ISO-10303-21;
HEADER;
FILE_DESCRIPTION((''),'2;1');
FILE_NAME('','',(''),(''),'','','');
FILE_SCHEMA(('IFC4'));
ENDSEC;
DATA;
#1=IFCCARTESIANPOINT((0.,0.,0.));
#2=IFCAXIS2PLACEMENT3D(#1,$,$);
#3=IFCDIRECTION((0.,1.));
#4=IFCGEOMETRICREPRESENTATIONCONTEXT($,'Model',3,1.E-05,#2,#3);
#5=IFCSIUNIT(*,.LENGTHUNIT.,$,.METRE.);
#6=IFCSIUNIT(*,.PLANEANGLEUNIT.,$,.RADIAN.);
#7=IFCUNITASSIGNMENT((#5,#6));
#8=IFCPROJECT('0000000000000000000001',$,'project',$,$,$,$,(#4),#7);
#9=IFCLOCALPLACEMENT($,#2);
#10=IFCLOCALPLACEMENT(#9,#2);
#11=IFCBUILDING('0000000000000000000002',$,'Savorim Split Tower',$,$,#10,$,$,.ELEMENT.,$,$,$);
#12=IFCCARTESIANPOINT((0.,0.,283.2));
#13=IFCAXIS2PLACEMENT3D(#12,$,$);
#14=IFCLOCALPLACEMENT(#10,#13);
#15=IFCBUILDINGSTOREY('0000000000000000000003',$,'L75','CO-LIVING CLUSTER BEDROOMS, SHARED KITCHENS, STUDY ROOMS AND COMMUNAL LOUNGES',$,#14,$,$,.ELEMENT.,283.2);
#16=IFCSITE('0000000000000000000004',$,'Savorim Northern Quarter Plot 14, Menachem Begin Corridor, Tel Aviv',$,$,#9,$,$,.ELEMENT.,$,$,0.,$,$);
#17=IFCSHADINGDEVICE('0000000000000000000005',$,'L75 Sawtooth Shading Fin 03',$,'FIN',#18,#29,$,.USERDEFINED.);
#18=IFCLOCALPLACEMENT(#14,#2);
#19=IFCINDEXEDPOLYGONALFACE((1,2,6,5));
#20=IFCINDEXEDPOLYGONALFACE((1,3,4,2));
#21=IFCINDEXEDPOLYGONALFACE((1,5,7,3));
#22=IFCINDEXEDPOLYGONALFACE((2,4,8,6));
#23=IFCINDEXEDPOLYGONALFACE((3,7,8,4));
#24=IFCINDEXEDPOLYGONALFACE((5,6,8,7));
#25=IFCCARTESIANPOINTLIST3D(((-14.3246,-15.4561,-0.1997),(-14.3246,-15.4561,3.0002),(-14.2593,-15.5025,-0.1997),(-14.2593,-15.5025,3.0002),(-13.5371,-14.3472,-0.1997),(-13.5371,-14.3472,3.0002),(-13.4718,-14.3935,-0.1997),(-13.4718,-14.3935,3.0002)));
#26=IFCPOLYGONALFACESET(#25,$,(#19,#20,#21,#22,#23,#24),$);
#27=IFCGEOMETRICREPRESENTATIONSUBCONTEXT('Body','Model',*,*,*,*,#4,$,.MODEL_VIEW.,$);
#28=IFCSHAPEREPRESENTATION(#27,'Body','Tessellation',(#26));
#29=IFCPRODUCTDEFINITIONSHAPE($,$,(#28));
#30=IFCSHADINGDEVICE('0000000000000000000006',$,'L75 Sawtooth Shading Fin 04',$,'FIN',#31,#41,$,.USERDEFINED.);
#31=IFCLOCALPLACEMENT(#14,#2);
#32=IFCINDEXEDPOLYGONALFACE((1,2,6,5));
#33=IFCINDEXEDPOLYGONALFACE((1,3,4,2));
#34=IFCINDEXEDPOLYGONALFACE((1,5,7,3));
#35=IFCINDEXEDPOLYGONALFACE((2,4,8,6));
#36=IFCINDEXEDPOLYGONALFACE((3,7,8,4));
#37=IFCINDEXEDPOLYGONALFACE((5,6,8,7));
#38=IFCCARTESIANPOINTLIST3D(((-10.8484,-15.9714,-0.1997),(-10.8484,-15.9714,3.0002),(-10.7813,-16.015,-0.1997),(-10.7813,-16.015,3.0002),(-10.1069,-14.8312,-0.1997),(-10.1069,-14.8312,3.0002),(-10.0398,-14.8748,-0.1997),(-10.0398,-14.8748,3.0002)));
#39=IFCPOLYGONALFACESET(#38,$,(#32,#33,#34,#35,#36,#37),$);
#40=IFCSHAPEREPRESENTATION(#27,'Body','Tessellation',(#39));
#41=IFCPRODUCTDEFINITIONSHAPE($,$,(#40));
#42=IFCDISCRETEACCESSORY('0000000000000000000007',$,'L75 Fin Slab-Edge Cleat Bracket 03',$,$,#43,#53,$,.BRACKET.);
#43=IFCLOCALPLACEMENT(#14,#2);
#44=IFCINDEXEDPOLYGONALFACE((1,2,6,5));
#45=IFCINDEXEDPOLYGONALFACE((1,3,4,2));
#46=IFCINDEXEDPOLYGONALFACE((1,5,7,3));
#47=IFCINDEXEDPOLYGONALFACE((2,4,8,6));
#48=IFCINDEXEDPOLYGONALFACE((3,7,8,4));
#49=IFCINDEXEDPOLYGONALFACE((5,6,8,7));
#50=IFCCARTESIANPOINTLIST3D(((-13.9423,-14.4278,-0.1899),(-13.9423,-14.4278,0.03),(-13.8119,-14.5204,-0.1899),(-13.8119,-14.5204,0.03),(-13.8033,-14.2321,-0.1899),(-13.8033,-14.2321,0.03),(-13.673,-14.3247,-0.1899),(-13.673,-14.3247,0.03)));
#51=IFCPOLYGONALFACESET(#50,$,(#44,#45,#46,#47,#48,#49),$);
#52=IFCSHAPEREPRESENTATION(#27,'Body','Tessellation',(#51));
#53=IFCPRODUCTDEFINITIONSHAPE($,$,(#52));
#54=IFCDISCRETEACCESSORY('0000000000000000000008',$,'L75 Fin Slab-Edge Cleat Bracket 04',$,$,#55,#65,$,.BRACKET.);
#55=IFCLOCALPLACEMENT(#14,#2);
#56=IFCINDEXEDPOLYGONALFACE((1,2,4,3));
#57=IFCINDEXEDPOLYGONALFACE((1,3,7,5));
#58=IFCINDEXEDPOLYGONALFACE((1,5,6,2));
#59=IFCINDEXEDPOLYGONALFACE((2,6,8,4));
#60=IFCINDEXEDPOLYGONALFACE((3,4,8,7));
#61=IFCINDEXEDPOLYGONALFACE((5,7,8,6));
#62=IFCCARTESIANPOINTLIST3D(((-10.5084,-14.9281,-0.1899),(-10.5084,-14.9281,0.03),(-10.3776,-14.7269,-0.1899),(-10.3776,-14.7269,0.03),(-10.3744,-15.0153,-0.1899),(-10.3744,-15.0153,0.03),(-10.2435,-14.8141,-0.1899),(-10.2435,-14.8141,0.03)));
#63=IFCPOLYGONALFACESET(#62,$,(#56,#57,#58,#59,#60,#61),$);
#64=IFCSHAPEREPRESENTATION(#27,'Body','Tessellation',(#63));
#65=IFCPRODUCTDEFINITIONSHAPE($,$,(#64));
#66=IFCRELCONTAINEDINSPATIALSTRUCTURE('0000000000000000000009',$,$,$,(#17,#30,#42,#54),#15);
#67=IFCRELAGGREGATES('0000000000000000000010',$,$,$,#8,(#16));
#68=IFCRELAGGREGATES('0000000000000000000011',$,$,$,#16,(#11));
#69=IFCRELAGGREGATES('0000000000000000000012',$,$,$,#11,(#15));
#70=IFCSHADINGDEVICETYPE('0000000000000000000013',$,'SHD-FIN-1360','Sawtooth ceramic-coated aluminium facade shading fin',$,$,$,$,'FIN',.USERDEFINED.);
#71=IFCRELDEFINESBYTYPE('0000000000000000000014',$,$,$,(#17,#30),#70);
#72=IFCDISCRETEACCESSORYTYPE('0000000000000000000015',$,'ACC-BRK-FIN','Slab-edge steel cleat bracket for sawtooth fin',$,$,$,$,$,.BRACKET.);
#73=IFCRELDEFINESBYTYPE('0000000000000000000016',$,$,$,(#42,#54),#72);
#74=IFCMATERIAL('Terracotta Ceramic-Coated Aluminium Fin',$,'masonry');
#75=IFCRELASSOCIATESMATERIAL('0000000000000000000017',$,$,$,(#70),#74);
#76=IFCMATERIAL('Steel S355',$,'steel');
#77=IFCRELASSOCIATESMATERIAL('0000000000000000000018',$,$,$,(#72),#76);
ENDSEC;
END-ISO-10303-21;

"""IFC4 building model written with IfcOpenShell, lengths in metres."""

from ifc_helpers import new_model, si_unit, direction, frame, origin, origin_2d, place, context, subcontext, project, spatial, rectangle, extrude, material, type_object, element, save


model = new_model("IFC4")

# Units and contexts
model_context = context("Model", 3, precision=1e-05, world=origin(), true_north=direction((0.0, 1.0)))
body_context = subcontext(model_context, "Body", "Model", "MODEL_VIEW")
ifc_project = project(units=[si_unit("LENGTHUNIT", "METRE"), si_unit("PLANEANGLEUNIT", "RADIAN")], contexts=[model_context])

# Site, building, storey
site_placement = place(None, origin())
site = spatial("IfcSite", under=ifc_project, at=site_placement, Name="Savorim Northern Quarter Plot 14, Menachem Begin Corridor, Tel Aviv", CompositionType="ELEMENT", RefElevation=0.0)
building_placement = place(site_placement, origin())
building = spatial("IfcBuilding", under=site, at=building_placement, Name="Savorim Split Tower", CompositionType="ELEMENT")
storey_placement = place(building_placement, frame((0.0, 0.0, 283.2)))
storey = spatial("IfcBuildingStorey", under=building, at=storey_placement, Name="L75", Description="CO-LIVING CLUSTER BEDROOMS, SHARED KITCHENS, STUDY ROOMS AND COMMUNAL LOUNGES", CompositionType="ELEMENT", Elevation=283.2)

# Shared definitions
ifc_material_1 = material(Name="Steel S355", Category="steel")

# Shading devices
ifc_material_2 = material(Name="Terracotta Ceramic-Coated Aluminium Fin", Category="masonry")
shading_device_type = type_object("IfcShadingDeviceType", Name="SHD-FIN-1360", Description="Sawtooth ceramic-coated aluminium facade shading fin", ElementType="FIN", PredefinedType="USERDEFINED", material=ifc_material_2)
for number, where, z_axis, x_axis, name in (
    (1, (-13.8982, -14.9248, -0.1997), (0.0, 0.0, 1.0), (-0.578994, -0.815332, 0.0), "L75 Sawtooth Shading Fin 03"),
    (2, (-10.4441, -15.4231, -0.1997), (0.0, 0.0, 1.0), (-0.545148, -0.83834, 0.0), "L75 Sawtooth Shading Fin 04"),
):
    element("IfcShadingDevice", number, at=place(storey_placement, frame(where, z_axis=z_axis, x_axis=x_axis)), inside=storey, type_object=shading_device_type, Name=name, ObjectType="FIN", PredefinedType="USERDEFINED", context=body_context, shape_type="SweptSolid", body=[
        extrude(rectangle(XDim=1.3601, YDim=0.0801, at=origin_2d()), origin(), (0.0, 0.0, 1.0), 3.2),
    ])

# Discrete accessories
discrete_accessory_type = type_object("IfcDiscreteAccessoryType", Name="ACC-BRK-FIN", Description="Slab-edge steel cleat bracket for sawtooth fin", PredefinedType="BRACKET", material=ifc_material_1)
for number, where, z_axis, x_axis, name in (
    (3, (-13.8076, -14.3762, -0.1899), (0.0, 0.0, 1.0), (-0.578994, -0.815332, 0.0), "L75 Fin Slab-Edge Cleat Bracket 03"),
    (4, (-10.376, -14.8711, -0.1899), (0.0, 0.0, 1.0), (-0.545148, -0.83834, 0.0), "L75 Fin Slab-Edge Cleat Bracket 04"),
):
    element("IfcDiscreteAccessory", number, at=place(storey_placement, frame(where, z_axis=z_axis, x_axis=x_axis)), inside=storey, type_object=discrete_accessory_type, Name=name, PredefinedType="BRACKET", context=body_context, shape_type="SweptSolid", body=[
        extrude(rectangle(XDim=0.24, YDim=0.1599, at=origin_2d()), origin(), (0.0, 0.0, 1.0), 0.22),
    ])

save(model, "model.ifc")
